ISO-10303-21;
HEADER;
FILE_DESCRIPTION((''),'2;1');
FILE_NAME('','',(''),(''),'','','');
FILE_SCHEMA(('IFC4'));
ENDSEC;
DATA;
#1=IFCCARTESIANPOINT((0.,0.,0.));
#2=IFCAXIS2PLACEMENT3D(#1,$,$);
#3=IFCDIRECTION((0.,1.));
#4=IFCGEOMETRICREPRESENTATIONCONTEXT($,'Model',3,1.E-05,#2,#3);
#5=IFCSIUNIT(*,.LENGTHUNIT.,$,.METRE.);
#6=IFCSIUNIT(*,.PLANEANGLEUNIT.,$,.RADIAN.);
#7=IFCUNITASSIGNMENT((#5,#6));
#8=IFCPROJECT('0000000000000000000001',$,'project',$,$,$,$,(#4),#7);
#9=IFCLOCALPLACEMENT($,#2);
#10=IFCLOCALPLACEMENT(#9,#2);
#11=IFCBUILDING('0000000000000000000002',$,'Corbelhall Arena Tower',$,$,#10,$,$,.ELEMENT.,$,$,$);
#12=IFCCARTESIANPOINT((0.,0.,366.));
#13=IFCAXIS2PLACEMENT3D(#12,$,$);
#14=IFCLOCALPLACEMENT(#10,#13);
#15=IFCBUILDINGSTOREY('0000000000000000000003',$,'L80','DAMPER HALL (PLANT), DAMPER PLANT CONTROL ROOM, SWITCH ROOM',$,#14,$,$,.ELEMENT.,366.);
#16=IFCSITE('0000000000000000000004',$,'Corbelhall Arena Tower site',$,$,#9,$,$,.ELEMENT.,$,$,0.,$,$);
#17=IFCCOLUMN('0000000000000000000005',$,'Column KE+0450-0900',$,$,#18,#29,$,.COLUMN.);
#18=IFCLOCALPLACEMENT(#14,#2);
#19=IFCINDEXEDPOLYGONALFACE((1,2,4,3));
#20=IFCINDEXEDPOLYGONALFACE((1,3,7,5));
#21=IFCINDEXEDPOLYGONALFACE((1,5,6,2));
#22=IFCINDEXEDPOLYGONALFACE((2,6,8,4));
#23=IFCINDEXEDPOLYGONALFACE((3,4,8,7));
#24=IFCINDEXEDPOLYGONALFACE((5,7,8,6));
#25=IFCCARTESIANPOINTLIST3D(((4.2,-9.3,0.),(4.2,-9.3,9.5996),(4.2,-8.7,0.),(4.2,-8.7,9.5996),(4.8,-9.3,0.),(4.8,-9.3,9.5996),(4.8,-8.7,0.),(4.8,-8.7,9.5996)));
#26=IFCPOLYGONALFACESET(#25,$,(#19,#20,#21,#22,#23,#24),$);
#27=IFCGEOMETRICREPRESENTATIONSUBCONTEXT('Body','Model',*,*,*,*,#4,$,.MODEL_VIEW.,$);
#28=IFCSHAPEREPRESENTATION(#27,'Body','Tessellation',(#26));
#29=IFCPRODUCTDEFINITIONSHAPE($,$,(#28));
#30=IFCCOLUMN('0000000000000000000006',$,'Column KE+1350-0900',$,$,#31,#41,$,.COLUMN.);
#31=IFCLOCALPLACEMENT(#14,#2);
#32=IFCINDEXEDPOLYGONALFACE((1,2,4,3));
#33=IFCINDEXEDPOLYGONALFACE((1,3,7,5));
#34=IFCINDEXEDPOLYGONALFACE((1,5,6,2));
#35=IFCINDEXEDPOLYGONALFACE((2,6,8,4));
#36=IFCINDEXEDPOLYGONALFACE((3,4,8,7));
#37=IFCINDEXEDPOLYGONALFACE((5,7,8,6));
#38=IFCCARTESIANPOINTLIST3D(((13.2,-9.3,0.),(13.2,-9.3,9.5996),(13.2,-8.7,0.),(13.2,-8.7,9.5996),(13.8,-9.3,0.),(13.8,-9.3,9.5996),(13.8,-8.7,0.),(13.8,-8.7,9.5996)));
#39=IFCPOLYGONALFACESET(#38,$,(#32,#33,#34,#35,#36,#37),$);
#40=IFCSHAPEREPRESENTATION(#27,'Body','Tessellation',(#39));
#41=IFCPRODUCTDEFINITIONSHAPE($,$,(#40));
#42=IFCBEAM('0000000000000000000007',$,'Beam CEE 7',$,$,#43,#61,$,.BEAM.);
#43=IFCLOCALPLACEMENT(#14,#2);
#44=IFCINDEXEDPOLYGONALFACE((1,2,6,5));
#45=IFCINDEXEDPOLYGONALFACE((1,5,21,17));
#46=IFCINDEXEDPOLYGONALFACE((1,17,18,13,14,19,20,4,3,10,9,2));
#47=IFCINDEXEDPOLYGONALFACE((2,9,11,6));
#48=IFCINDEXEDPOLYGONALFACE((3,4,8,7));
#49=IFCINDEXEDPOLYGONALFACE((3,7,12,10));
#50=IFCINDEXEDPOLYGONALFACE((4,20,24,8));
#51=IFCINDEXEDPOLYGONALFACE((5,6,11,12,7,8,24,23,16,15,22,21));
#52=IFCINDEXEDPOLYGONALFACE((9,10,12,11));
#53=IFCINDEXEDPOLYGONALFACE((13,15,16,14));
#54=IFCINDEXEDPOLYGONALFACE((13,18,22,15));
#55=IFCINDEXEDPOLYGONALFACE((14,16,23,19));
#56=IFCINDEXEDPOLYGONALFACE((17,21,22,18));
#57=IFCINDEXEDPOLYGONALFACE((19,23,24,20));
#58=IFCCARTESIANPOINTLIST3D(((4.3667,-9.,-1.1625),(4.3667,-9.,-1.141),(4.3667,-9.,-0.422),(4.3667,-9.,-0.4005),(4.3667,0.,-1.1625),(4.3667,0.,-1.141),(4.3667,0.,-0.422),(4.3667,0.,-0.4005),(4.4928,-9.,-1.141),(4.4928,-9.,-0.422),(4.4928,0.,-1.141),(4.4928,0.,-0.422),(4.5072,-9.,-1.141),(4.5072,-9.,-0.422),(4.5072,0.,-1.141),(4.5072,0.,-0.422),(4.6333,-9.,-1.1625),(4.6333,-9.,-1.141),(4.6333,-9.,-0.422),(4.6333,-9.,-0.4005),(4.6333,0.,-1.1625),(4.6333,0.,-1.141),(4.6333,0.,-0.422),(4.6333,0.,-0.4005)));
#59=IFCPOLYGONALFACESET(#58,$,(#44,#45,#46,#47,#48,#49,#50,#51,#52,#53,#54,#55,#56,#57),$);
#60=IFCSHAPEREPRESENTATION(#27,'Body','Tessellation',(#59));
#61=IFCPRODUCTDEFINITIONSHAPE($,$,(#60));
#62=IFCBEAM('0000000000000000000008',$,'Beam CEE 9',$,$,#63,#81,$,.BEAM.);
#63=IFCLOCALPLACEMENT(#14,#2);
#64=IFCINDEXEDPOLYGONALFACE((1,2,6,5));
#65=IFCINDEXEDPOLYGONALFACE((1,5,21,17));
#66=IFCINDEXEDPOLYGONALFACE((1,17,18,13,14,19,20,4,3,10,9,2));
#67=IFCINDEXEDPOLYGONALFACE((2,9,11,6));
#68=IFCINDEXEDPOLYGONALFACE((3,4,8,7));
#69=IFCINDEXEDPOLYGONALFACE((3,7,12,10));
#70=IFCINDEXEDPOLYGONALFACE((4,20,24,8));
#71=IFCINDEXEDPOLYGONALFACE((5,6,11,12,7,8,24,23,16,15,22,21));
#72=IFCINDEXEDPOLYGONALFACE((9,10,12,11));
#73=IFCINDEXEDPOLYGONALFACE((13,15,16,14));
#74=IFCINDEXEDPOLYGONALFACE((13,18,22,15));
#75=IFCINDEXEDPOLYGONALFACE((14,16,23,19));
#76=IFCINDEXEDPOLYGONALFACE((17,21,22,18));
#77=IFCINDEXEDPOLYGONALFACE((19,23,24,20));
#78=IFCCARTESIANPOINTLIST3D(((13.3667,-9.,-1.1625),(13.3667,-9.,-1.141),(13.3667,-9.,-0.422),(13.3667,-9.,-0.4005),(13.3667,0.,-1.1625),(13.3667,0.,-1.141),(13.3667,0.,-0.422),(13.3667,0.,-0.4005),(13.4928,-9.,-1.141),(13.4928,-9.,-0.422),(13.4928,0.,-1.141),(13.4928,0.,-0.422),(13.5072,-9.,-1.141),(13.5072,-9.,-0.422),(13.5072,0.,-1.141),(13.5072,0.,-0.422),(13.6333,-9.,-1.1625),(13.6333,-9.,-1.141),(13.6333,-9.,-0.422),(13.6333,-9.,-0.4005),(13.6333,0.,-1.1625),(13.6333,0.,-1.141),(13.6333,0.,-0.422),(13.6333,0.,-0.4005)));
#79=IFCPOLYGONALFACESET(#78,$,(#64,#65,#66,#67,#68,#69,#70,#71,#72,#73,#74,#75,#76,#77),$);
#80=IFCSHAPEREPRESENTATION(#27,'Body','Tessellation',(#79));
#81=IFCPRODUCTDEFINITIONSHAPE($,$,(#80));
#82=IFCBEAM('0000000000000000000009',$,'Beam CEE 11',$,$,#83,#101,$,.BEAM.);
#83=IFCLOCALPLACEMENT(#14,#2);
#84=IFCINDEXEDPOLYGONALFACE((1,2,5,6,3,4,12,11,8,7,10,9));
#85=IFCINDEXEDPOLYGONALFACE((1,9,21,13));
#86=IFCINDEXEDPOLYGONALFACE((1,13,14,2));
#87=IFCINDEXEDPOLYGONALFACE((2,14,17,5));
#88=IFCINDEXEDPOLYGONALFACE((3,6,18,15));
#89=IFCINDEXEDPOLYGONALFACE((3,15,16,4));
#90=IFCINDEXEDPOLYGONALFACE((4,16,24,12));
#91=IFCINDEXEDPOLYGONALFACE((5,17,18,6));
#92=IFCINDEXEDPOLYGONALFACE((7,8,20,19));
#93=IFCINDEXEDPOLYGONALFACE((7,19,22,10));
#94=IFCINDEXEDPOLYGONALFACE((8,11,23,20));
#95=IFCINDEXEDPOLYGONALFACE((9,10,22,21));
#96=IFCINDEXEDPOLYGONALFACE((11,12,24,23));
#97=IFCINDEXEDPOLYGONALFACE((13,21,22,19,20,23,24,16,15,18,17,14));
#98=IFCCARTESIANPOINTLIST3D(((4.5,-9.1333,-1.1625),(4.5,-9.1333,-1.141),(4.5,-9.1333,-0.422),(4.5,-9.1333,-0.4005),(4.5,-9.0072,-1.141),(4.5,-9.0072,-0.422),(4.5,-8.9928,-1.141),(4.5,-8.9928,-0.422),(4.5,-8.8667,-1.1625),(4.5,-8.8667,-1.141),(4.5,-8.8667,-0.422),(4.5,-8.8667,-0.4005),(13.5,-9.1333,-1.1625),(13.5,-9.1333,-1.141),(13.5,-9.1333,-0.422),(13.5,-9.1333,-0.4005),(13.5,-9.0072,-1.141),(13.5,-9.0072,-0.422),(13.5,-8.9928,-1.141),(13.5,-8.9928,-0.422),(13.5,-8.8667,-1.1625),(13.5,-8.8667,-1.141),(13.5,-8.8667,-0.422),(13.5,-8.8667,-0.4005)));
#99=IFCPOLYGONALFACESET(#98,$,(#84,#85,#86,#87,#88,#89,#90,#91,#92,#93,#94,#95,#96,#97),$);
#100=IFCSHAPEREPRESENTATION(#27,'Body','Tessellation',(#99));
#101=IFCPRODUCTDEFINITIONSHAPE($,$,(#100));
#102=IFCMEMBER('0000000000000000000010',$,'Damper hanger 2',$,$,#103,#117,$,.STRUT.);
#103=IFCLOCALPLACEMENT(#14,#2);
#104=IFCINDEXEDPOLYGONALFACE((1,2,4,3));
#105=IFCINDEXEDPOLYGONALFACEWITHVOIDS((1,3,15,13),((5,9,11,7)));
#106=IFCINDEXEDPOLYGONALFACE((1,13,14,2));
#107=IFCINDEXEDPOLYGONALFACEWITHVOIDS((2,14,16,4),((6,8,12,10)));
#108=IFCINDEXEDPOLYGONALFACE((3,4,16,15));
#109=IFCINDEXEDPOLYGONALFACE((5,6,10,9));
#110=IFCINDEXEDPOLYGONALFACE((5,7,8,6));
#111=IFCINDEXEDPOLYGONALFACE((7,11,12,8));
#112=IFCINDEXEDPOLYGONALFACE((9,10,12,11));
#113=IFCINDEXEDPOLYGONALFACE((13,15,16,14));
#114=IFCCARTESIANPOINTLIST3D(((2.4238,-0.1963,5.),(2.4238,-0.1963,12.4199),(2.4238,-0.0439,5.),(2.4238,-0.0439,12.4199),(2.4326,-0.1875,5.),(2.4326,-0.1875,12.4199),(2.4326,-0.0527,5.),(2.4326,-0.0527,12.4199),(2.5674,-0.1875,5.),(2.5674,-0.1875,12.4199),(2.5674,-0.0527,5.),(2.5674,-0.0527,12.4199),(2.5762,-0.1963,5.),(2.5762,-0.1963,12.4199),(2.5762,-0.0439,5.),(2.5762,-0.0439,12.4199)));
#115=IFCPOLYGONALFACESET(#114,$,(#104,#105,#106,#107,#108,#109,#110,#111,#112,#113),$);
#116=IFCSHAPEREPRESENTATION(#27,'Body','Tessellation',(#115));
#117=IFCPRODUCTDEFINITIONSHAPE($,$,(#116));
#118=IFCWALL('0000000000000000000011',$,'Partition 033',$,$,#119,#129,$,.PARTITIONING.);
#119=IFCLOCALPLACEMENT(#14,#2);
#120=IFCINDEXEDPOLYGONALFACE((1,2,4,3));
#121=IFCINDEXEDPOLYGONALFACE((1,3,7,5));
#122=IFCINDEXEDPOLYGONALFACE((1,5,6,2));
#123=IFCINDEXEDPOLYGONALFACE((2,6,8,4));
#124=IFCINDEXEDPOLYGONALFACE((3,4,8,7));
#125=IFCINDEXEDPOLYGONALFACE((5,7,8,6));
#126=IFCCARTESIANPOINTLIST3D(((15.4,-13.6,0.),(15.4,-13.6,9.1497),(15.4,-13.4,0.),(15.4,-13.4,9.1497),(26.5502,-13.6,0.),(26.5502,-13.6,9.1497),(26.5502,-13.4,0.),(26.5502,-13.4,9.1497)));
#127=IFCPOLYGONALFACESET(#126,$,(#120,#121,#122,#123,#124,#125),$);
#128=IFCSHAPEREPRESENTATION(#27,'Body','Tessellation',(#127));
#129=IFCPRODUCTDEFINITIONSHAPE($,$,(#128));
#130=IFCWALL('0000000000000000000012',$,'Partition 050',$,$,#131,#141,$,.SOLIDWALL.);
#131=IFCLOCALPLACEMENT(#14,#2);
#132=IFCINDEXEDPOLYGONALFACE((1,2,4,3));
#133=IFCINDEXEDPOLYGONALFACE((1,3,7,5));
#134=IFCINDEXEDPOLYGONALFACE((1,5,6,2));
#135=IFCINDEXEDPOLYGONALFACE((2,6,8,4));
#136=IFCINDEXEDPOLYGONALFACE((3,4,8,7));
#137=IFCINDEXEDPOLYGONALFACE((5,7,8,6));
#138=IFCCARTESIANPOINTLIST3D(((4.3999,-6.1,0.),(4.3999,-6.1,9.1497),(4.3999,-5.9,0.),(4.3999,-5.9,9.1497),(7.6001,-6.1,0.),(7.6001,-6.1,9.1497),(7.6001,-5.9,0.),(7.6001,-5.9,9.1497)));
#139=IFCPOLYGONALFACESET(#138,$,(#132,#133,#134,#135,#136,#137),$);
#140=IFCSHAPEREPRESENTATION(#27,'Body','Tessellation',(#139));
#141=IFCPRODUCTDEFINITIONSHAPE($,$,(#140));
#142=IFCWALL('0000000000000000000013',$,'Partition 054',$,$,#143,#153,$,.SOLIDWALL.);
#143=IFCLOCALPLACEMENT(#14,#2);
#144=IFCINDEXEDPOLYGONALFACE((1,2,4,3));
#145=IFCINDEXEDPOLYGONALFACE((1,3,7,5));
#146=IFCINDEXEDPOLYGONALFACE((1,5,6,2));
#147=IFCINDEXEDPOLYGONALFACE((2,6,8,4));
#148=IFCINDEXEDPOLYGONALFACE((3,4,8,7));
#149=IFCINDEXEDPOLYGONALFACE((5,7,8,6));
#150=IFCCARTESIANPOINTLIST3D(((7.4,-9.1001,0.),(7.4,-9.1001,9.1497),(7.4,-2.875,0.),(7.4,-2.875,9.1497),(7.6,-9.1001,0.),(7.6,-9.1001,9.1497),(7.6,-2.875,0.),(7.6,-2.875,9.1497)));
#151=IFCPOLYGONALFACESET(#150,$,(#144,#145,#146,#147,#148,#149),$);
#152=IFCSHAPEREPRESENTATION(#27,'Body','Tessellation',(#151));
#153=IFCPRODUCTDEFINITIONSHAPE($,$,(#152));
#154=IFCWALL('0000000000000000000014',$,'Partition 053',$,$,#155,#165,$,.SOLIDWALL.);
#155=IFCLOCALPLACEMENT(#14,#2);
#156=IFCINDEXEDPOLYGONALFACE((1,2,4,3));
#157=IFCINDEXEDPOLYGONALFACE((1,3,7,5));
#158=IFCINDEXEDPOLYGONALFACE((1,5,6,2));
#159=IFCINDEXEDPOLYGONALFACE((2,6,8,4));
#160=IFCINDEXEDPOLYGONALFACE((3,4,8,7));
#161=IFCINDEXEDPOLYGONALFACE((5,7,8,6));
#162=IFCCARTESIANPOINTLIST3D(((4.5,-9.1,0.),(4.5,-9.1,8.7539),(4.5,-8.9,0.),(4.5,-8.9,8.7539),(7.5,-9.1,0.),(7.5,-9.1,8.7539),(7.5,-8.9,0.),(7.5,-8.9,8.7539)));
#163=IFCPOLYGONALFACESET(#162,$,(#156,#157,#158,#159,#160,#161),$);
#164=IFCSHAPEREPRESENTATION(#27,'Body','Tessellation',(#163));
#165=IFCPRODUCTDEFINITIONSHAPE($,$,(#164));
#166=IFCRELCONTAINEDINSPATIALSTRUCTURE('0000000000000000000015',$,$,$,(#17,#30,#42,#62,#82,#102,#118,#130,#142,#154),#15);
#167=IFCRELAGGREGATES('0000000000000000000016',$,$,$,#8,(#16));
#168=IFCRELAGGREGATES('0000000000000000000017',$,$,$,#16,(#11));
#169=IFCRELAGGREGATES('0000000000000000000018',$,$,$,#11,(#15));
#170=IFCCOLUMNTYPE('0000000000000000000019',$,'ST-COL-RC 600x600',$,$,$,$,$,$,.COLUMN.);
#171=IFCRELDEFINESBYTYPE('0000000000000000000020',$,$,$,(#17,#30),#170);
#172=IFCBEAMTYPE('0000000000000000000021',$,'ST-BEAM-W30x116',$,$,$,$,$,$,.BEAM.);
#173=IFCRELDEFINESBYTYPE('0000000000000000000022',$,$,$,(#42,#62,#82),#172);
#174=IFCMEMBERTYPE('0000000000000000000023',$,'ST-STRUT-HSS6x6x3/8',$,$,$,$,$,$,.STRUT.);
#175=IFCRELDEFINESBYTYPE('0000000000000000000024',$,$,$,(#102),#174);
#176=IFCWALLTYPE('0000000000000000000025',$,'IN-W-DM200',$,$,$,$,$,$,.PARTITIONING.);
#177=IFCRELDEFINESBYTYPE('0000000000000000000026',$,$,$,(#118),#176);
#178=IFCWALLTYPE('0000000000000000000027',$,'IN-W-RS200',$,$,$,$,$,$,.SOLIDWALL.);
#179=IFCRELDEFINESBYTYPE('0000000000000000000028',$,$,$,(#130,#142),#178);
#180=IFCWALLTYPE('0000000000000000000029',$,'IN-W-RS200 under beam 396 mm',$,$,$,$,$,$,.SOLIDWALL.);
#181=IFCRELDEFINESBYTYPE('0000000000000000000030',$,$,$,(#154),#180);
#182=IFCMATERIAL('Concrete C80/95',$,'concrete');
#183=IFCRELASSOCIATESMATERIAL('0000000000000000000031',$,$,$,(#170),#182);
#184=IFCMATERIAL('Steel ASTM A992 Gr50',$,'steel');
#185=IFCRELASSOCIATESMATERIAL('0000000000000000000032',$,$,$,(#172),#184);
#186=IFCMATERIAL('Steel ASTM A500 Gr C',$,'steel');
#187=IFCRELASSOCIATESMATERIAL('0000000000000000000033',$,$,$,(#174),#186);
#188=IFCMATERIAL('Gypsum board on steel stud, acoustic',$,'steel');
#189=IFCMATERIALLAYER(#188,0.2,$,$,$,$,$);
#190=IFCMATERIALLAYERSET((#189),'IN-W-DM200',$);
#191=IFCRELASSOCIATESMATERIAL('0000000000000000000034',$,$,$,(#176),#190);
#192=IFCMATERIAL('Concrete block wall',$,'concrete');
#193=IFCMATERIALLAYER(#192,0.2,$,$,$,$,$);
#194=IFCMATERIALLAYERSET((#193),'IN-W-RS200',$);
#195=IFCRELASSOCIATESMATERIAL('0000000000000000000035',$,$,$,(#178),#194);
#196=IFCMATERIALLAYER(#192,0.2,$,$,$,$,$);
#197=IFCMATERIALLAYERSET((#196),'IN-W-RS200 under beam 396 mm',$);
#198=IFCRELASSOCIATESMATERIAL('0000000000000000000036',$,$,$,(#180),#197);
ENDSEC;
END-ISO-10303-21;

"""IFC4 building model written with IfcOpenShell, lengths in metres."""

from ifc_helpers import new_model, si_unit, direction, frame, frame_2d, origin, origin_2d, place, context, subcontext, project, spatial, rectangle, hollow_rectangle, i_section, extrude, material, layer, layer_set, material_profile, profile_set, type_object, element, save


model = new_model("IFC4")

# Units and contexts
model_context = context("Model", 3, precision=1e-05, world=origin(), true_north=direction((0.0, 1.0)))
body_context = subcontext(model_context, "Body", "Model", "MODEL_VIEW")
ifc_project = project(units=[si_unit("LENGTHUNIT", "METRE"), si_unit("PLANEANGLEUNIT", "RADIAN")], contexts=[model_context])

# Site, building, storey
site_placement = place(None, origin())
site = spatial("IfcSite", under=ifc_project, at=site_placement, Name="Corbelhall Arena Tower site", CompositionType="ELEMENT", RefElevation=0.0)
building_placement = place(site_placement, origin())
building = spatial("IfcBuilding", under=site, at=building_placement, Name="Corbelhall Arena Tower", CompositionType="ELEMENT")
storey_placement = place(building_placement, frame((0.0, 0.0, 366.0)))
storey = spatial("IfcBuildingStorey", under=building, at=storey_placement, Name="L80", Description="DAMPER HALL (PLANT), DAMPER PLANT CONTROL ROOM, SWITCH ROOM", CompositionType="ELEMENT", Elevation=366.0)

# Columns
ifc_material_1 = material(Name="Concrete C80/95", Category="concrete")
ifc_material_profile_1 = material_profile(ifc_material_1, rectangle(XDim=0.6001, YDim=0.6001, at=origin_2d()))
ifc_profile_set_1 = profile_set([ifc_material_profile_1], Name="Concrete C80/95")
column_type = type_object("IfcColumnType", Name="ST-COL-RC 600x600", PredefinedType="COLUMN", material=ifc_profile_set_1)
for number, where, z_axis, x_axis, name in (
    (1, (4.5, -9.0, 0.0), (0.0, 0.0, 1.0), (1.0, 0.0, 0.0), "Column KE+0450-0900"),
    (2, (13.5, -9.0, 0.0), (0.0, 0.0, 1.0), (1.0, 0.0, 0.0), "Column KE+1350-0900"),
):
    element("IfcColumn", number, at=place(storey_placement, frame(where, z_axis=z_axis, x_axis=x_axis)), inside=storey, type_object=column_type, Name=name, PredefinedType="COLUMN", context=body_context, shape_type="SweptSolid", body=[
        extrude(rectangle(XDim=0.6001, YDim=0.6001, at=origin_2d()), origin(), (0.0, 0.0, 1.0), 9.5996),
    ])

# Beams
ifc_material_2 = material(Name="Steel ASTM A992 Gr50", Category="steel")
ifc_material_profile_2 = material_profile(ifc_material_2, i_section(OverallWidth=0.2666, OverallDepth=0.762, WebThickness=0.0144, FlangeThickness=0.0215, at=origin_2d()))
ifc_profile_set_2 = profile_set([ifc_material_profile_2], Name="Steel ASTM A992 Gr50")
beam_type = type_object("IfcBeamType", Name="ST-BEAM-W30x116", PredefinedType="BEAM", material=ifc_profile_set_2)
for number, where, z_axis, x_axis, name in (
    (3, (4.5, -9.0, -0.7815), (0.0, 1.0, 0.0), (-1.0, 0.0, 0.0), "Beam CEE 7"),
    (4, (13.5, -9.0, -0.7815), (0.0, 1.0, 0.0), (-1.0, 0.0, 0.0), "Beam CEE 9"),
    (5, (4.5, -9.0, -0.7815), (1.0, 0.0, 0.0), (0.0, 1.0, 0.0), "Beam CEE 11"),
):
    element("IfcBeam", number, at=place(storey_placement, frame(where, z_axis=z_axis, x_axis=x_axis)), inside=storey, type_object=beam_type, Name=name, PredefinedType="BEAM", context=body_context, shape_type="SweptSolid", body=[
        extrude(i_section(OverallWidth=0.2666, OverallDepth=0.762, WebThickness=0.0144, FlangeThickness=0.0215, at=origin_2d()), origin(), (0.0, 0.0, 1.0), 9.0),
    ])

# Member
ifc_material_3 = material(Name="Steel ASTM A500 Gr C", Category="steel")
ifc_material_profile_3 = material_profile(ifc_material_3, hollow_rectangle(XDim=0.1523, YDim=0.1523, WallThickness=0.0088, at=origin_2d()))
ifc_profile_set_3 = profile_set([ifc_material_profile_3], Name="Steel ASTM A500 Gr C")
member_type = type_object("IfcMemberType", Name="ST-STRUT-HSS6x6x3/8", PredefinedType="STRUT", material=ifc_profile_set_3)
member_placement = place(storey_placement, frame((2.5, -0.1201, 5.0), z_axis=(0.0, 0.0, 1.0), x_axis=(1.0, 0.0, 0.0)))
element("IfcMember", 6, at=member_placement, inside=storey, type_object=member_type, Name="Damper hanger 2", PredefinedType="STRUT", context=body_context, shape_type="SweptSolid", body=[
    extrude(hollow_rectangle(XDim=0.1523, YDim=0.1523, WallThickness=0.0088, at=origin_2d()), origin(), (0.0, 0.0, 1.0), 7.4199),
])

# Shared definitions
ifc_material_4 = material(Name="Gypsum board on steel stud, acoustic", Category="steel")
ifc_layer_1 = layer(ifc_material_4, 0.2)
ifc_layer_set_1 = layer_set([ifc_layer_1], Name="IN-W-DM200")
wall_type_1 = type_object("IfcWallType", Name="IN-W-DM200", PredefinedType="PARTITIONING", material=ifc_layer_set_1)

# Walls
wall_1_placement = place(storey_placement, frame((15.3999, -13.5, 0.0), z_axis=(0.0, 0.0, 1.0), x_axis=(1.0, 0.0, 0.0)))
element("IfcWall", 7, at=wall_1_placement, inside=storey, type_object=wall_type_1, Name="Partition 033", PredefinedType="PARTITIONING", context=body_context, shape_type="SweptSolid", body=[
    extrude(rectangle(XDim=11.1501, YDim=0.2, at=frame_2d((5.5752, 0.0))), origin(), (0.0, 0.0, 1.0), 9.1497),
])
ifc_material_5 = material(Name="Concrete block wall", Category="concrete")
ifc_layer_2 = layer(ifc_material_5, 0.2)
ifc_layer_set_2 = layer_set([ifc_layer_2], Name="IN-W-RS200")
wall_type_2 = type_object("IfcWallType", Name="IN-W-RS200", PredefinedType="SOLIDWALL", material=ifc_layer_set_2)
wall_2_placement = place(storey_placement, frame((4.3999, -6.0, 0.0), z_axis=(0.0, 0.0, 1.0), x_axis=(1.0, 0.0, 0.0)))
element("IfcWall", 8, at=wall_2_placement, inside=storey, type_object=wall_type_2, Name="Partition 050", PredefinedType="SOLIDWALL", context=body_context, shape_type="SweptSolid", body=[
    extrude(rectangle(XDim=3.2002, YDim=0.2, at=frame_2d((1.6001, 0.0))), origin(), (0.0, 0.0, 1.0), 9.1497),
])
wall_3_placement = place(storey_placement, frame((7.5, -2.875, 0.0), z_axis=(0.0, 0.0, 1.0), x_axis=(0.0, -1.0, 0.0)))
element("IfcWall", 9, at=wall_3_placement, inside=storey, type_object=wall_type_2, Name="Partition 054", PredefinedType="SOLIDWALL", context=body_context, shape_type="SweptSolid", body=[
    extrude(rectangle(XDim=6.2251, YDim=0.2, at=frame_2d((3.1125, 0.0))), origin(), (0.0, 0.0, 1.0), 9.1497),
])

# Wall
ifc_layer_3 = layer(ifc_material_5, 0.2)
ifc_layer_set_3 = layer_set([ifc_layer_3], Name="IN-W-RS200 under beam 396 mm")
wall_type_3 = type_object("IfcWallType", Name="IN-W-RS200 under beam 396 mm", PredefinedType="SOLIDWALL", material=ifc_layer_set_3)
wall_4_placement = place(storey_placement, frame((7.5, -9.0, 0.0), z_axis=(0.0, 0.0, 1.0), x_axis=(-1.0, 0.0, 0.0)))
element("IfcWall", 10, at=wall_4_placement, inside=storey, type_object=wall_type_3, Name="Partition 053", PredefinedType="SOLIDWALL", context=body_context, shape_type="SweptSolid", body=[
    extrude(rectangle(XDim=3.0, YDim=0.2, at=frame_2d((1.5, 0.0))), origin(), (0.0, 0.0, 1.0), 8.7539),
])

save(model, "model.ifc")
